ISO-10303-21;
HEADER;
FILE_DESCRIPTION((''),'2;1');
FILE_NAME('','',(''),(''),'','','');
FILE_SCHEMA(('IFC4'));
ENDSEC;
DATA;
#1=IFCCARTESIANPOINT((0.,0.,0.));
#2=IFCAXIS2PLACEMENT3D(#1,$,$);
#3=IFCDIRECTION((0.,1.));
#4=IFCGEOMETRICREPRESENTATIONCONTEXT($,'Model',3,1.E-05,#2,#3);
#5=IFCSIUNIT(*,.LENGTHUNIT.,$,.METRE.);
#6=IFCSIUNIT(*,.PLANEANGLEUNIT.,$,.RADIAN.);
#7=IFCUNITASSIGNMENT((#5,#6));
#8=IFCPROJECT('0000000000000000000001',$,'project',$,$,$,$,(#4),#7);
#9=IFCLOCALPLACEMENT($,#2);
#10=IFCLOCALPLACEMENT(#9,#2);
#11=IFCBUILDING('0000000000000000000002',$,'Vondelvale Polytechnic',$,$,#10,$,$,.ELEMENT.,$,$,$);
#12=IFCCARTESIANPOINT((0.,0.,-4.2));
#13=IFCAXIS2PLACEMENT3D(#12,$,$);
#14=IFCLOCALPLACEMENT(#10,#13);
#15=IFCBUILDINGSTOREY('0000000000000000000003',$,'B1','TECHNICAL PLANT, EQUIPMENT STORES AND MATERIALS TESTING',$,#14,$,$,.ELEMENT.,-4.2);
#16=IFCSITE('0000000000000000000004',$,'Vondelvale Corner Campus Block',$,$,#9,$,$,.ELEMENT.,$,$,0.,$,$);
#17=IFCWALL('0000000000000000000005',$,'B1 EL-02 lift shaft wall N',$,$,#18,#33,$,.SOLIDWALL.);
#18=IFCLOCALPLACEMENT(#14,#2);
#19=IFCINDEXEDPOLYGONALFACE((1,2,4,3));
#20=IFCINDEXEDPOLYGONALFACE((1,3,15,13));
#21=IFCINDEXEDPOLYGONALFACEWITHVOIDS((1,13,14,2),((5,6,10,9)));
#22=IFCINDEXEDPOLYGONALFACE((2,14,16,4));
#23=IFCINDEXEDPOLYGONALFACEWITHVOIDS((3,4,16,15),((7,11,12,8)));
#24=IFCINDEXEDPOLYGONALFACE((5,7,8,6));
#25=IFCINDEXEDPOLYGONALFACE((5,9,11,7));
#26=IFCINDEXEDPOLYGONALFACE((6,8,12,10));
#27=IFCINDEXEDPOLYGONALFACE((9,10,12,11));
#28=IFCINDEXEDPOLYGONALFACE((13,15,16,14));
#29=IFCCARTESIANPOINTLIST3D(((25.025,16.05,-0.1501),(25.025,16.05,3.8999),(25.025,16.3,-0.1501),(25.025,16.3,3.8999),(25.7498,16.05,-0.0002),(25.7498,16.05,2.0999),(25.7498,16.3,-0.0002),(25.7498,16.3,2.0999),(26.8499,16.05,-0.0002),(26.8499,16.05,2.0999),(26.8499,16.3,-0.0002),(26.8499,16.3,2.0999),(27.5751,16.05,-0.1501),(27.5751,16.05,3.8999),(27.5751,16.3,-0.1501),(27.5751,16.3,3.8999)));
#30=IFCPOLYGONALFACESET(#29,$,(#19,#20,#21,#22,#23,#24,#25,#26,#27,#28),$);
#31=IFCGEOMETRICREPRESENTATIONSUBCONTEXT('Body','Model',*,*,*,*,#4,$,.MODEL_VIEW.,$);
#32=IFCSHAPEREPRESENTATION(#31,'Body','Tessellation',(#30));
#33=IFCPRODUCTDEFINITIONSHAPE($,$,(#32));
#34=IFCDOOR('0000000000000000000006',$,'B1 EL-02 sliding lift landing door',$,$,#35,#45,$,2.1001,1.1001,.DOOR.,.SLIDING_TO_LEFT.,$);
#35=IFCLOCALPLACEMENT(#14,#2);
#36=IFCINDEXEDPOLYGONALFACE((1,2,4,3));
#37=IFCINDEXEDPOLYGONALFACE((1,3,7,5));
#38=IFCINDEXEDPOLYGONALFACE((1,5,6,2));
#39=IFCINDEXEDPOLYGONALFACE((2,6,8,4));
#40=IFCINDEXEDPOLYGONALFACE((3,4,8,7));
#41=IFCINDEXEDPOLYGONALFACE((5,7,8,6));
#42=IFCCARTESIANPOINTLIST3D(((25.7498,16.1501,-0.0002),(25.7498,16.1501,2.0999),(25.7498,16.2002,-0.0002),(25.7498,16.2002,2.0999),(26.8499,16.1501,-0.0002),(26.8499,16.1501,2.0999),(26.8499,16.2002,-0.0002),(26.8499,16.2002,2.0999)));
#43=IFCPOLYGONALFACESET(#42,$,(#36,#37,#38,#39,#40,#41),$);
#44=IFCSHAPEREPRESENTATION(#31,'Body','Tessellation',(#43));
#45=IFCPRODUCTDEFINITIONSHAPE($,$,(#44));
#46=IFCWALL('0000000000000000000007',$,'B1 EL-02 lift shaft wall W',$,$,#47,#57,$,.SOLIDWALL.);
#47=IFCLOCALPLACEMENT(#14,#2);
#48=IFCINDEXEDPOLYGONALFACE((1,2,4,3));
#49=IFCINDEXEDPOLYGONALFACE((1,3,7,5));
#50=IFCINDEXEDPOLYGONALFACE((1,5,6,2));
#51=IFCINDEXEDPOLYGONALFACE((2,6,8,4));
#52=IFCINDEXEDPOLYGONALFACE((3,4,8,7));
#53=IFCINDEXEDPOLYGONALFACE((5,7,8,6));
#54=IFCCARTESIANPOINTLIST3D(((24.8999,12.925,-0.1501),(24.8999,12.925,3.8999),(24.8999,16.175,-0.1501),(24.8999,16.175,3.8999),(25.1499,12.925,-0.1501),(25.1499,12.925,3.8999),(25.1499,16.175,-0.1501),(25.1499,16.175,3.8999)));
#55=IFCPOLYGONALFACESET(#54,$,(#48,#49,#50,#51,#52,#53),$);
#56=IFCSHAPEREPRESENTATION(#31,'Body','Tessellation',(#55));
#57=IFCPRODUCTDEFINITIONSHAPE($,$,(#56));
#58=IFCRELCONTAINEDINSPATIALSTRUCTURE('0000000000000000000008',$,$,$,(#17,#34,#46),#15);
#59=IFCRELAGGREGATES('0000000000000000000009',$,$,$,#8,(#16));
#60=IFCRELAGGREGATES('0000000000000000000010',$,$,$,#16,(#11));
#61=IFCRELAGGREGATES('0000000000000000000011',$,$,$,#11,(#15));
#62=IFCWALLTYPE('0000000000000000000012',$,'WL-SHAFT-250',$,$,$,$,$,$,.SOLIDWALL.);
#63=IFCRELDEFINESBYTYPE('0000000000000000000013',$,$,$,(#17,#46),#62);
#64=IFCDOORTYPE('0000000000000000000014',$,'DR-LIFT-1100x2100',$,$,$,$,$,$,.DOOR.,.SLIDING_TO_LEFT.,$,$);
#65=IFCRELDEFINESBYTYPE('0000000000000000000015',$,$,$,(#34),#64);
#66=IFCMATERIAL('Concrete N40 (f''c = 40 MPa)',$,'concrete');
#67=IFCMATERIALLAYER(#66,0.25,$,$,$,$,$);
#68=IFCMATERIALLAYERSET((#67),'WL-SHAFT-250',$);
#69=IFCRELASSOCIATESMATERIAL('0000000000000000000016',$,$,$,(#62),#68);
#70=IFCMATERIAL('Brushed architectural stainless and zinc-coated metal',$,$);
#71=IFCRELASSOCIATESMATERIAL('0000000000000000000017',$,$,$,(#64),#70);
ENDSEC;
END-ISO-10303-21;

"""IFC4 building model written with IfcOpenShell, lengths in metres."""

from ifc_helpers import new_model, si_unit, direction, frame, frame_2d, origin, place, context, subcontext, project, spatial, rectangle, extrude, material, layer, layer_set, type_object, element, fill, save


model = new_model("IFC4")

# Units and contexts
model_context = context("Model", 3, precision=1e-05, world=origin(), true_north=direction((0.0, 1.0)))
body_context = subcontext(model_context, "Body", "Model", "MODEL_VIEW")
ifc_project = project(units=[si_unit("LENGTHUNIT", "METRE"), si_unit("PLANEANGLEUNIT", "RADIAN")], contexts=[model_context])

# Site, building, storey
site_placement = place(None, origin())
site = spatial("IfcSite", under=ifc_project, at=site_placement, Name="Vondelvale Corner Campus Block", CompositionType="ELEMENT", RefElevation=0.0)
building_placement = place(site_placement, origin())
building = spatial("IfcBuilding", under=site, at=building_placement, Name="Vondelvale Polytechnic", CompositionType="ELEMENT")
storey_placement = place(building_placement, frame((0.0, 0.0, -4.2)))
storey = spatial("IfcBuildingStorey", under=building, at=storey_placement, Name="B1", Description="TECHNICAL PLANT, EQUIPMENT STORES AND MATERIALS TESTING", CompositionType="ELEMENT", Elevation=-4.2)

# Shared definitions
ifc_material_1 = material(Name="Concrete N40 (f'c = 40 MPa)", Category="concrete")

# Shared definitions
ifc_layer_1 = layer(ifc_material_1, 0.25)
ifc_layer_set_1 = layer_set([ifc_layer_1], Name="WL-SHAFT-250")
wall_type_1 = type_object("IfcWallType", Name="WL-SHAFT-250", PredefinedType="SOLIDWALL", material=ifc_layer_set_1)
ifc_material_2 = material(Name="Brushed architectural stainless and zinc-coated metal")
door_type_1 = type_object("IfcDoorType", Name="DR-LIFT-1100x2100", OperationType="SLIDING_TO_LEFT", PredefinedType="DOOR", material=ifc_material_2)

# Wall, opening, door
wall_1_placement = place(storey_placement, frame((27.575, 16.175, -0.1501), z_axis=(0.0, 0.0, 1.0), x_axis=(-1.0, 0.0, 0.0)))
wall_1 = element("IfcWall", 1, at=wall_1_placement, inside=storey, type_object=wall_type_1, Name="B1 EL-02 lift shaft wall N", PredefinedType="SOLIDWALL", context=body_context, shape_type="SweptSolid", body=[
    extrude(rectangle(XDim=2.55, YDim=0.25, at=frame_2d((1.2749, 0.0))), origin(), (0.0, 0.0, 1.0), 4.05),
])
opening_1_placement = place(wall_1_placement, frame((0.7251, 0.0, 0.1499)))
opening_1 = element("IfcOpeningElement", 2, at=opening_1_placement, cuts=wall_1, PredefinedType="OPENING", context=body_context, shape_type="SweptSolid", body=[
    extrude(rectangle(XDim=1.1001, YDim=2.1001, at=frame_2d((0.55, 1.05))), frame((0.0, 0.135, 0.0), z_axis=(0.0, -1.0, 0.0), x_axis=(1.0, 0.0, 0.0)), (0.0, 0.0, 1.0), 0.27),
])
door_1_placement = place(opening_1_placement, origin())
door_1 = element("IfcDoor", 3, at=door_1_placement, inside=storey, type_object=door_type_1, Name="B1 EL-02 sliding lift landing door", OperationType="SLIDING_TO_LEFT", OverallHeight=2.1001, OverallWidth=1.1001, PredefinedType="DOOR", context=body_context, shape_type="SweptSolid", body=[
    extrude(rectangle(XDim=1.1001, YDim=2.1001, at=frame_2d((0.55, 1.05))), frame((0.0, 0.0249, 0.0), z_axis=(0.0, -1.0, 0.0), x_axis=(1.0, 0.0, 0.0)), (0.0, 0.0, 1.0), 0.05),
])
fill(opening_1, door_1)

# Wall
wall_2_placement = place(storey_placement, frame((25.0249, 16.175, -0.1501), z_axis=(0.0, 0.0, 1.0), x_axis=(0.0, -1.0, 0.0)))
element("IfcWall", 4, at=wall_2_placement, inside=storey, type_object=wall_type_1, Name="B1 EL-02 lift shaft wall W", PredefinedType="SOLIDWALL", context=body_context, shape_type="SweptSolid", body=[
    extrude(rectangle(XDim=3.25, YDim=0.25, at=frame_2d((1.625, 0.0))), origin(), (0.0, 0.0, 1.0), 4.05),
])

save(model, "model.ifc")
